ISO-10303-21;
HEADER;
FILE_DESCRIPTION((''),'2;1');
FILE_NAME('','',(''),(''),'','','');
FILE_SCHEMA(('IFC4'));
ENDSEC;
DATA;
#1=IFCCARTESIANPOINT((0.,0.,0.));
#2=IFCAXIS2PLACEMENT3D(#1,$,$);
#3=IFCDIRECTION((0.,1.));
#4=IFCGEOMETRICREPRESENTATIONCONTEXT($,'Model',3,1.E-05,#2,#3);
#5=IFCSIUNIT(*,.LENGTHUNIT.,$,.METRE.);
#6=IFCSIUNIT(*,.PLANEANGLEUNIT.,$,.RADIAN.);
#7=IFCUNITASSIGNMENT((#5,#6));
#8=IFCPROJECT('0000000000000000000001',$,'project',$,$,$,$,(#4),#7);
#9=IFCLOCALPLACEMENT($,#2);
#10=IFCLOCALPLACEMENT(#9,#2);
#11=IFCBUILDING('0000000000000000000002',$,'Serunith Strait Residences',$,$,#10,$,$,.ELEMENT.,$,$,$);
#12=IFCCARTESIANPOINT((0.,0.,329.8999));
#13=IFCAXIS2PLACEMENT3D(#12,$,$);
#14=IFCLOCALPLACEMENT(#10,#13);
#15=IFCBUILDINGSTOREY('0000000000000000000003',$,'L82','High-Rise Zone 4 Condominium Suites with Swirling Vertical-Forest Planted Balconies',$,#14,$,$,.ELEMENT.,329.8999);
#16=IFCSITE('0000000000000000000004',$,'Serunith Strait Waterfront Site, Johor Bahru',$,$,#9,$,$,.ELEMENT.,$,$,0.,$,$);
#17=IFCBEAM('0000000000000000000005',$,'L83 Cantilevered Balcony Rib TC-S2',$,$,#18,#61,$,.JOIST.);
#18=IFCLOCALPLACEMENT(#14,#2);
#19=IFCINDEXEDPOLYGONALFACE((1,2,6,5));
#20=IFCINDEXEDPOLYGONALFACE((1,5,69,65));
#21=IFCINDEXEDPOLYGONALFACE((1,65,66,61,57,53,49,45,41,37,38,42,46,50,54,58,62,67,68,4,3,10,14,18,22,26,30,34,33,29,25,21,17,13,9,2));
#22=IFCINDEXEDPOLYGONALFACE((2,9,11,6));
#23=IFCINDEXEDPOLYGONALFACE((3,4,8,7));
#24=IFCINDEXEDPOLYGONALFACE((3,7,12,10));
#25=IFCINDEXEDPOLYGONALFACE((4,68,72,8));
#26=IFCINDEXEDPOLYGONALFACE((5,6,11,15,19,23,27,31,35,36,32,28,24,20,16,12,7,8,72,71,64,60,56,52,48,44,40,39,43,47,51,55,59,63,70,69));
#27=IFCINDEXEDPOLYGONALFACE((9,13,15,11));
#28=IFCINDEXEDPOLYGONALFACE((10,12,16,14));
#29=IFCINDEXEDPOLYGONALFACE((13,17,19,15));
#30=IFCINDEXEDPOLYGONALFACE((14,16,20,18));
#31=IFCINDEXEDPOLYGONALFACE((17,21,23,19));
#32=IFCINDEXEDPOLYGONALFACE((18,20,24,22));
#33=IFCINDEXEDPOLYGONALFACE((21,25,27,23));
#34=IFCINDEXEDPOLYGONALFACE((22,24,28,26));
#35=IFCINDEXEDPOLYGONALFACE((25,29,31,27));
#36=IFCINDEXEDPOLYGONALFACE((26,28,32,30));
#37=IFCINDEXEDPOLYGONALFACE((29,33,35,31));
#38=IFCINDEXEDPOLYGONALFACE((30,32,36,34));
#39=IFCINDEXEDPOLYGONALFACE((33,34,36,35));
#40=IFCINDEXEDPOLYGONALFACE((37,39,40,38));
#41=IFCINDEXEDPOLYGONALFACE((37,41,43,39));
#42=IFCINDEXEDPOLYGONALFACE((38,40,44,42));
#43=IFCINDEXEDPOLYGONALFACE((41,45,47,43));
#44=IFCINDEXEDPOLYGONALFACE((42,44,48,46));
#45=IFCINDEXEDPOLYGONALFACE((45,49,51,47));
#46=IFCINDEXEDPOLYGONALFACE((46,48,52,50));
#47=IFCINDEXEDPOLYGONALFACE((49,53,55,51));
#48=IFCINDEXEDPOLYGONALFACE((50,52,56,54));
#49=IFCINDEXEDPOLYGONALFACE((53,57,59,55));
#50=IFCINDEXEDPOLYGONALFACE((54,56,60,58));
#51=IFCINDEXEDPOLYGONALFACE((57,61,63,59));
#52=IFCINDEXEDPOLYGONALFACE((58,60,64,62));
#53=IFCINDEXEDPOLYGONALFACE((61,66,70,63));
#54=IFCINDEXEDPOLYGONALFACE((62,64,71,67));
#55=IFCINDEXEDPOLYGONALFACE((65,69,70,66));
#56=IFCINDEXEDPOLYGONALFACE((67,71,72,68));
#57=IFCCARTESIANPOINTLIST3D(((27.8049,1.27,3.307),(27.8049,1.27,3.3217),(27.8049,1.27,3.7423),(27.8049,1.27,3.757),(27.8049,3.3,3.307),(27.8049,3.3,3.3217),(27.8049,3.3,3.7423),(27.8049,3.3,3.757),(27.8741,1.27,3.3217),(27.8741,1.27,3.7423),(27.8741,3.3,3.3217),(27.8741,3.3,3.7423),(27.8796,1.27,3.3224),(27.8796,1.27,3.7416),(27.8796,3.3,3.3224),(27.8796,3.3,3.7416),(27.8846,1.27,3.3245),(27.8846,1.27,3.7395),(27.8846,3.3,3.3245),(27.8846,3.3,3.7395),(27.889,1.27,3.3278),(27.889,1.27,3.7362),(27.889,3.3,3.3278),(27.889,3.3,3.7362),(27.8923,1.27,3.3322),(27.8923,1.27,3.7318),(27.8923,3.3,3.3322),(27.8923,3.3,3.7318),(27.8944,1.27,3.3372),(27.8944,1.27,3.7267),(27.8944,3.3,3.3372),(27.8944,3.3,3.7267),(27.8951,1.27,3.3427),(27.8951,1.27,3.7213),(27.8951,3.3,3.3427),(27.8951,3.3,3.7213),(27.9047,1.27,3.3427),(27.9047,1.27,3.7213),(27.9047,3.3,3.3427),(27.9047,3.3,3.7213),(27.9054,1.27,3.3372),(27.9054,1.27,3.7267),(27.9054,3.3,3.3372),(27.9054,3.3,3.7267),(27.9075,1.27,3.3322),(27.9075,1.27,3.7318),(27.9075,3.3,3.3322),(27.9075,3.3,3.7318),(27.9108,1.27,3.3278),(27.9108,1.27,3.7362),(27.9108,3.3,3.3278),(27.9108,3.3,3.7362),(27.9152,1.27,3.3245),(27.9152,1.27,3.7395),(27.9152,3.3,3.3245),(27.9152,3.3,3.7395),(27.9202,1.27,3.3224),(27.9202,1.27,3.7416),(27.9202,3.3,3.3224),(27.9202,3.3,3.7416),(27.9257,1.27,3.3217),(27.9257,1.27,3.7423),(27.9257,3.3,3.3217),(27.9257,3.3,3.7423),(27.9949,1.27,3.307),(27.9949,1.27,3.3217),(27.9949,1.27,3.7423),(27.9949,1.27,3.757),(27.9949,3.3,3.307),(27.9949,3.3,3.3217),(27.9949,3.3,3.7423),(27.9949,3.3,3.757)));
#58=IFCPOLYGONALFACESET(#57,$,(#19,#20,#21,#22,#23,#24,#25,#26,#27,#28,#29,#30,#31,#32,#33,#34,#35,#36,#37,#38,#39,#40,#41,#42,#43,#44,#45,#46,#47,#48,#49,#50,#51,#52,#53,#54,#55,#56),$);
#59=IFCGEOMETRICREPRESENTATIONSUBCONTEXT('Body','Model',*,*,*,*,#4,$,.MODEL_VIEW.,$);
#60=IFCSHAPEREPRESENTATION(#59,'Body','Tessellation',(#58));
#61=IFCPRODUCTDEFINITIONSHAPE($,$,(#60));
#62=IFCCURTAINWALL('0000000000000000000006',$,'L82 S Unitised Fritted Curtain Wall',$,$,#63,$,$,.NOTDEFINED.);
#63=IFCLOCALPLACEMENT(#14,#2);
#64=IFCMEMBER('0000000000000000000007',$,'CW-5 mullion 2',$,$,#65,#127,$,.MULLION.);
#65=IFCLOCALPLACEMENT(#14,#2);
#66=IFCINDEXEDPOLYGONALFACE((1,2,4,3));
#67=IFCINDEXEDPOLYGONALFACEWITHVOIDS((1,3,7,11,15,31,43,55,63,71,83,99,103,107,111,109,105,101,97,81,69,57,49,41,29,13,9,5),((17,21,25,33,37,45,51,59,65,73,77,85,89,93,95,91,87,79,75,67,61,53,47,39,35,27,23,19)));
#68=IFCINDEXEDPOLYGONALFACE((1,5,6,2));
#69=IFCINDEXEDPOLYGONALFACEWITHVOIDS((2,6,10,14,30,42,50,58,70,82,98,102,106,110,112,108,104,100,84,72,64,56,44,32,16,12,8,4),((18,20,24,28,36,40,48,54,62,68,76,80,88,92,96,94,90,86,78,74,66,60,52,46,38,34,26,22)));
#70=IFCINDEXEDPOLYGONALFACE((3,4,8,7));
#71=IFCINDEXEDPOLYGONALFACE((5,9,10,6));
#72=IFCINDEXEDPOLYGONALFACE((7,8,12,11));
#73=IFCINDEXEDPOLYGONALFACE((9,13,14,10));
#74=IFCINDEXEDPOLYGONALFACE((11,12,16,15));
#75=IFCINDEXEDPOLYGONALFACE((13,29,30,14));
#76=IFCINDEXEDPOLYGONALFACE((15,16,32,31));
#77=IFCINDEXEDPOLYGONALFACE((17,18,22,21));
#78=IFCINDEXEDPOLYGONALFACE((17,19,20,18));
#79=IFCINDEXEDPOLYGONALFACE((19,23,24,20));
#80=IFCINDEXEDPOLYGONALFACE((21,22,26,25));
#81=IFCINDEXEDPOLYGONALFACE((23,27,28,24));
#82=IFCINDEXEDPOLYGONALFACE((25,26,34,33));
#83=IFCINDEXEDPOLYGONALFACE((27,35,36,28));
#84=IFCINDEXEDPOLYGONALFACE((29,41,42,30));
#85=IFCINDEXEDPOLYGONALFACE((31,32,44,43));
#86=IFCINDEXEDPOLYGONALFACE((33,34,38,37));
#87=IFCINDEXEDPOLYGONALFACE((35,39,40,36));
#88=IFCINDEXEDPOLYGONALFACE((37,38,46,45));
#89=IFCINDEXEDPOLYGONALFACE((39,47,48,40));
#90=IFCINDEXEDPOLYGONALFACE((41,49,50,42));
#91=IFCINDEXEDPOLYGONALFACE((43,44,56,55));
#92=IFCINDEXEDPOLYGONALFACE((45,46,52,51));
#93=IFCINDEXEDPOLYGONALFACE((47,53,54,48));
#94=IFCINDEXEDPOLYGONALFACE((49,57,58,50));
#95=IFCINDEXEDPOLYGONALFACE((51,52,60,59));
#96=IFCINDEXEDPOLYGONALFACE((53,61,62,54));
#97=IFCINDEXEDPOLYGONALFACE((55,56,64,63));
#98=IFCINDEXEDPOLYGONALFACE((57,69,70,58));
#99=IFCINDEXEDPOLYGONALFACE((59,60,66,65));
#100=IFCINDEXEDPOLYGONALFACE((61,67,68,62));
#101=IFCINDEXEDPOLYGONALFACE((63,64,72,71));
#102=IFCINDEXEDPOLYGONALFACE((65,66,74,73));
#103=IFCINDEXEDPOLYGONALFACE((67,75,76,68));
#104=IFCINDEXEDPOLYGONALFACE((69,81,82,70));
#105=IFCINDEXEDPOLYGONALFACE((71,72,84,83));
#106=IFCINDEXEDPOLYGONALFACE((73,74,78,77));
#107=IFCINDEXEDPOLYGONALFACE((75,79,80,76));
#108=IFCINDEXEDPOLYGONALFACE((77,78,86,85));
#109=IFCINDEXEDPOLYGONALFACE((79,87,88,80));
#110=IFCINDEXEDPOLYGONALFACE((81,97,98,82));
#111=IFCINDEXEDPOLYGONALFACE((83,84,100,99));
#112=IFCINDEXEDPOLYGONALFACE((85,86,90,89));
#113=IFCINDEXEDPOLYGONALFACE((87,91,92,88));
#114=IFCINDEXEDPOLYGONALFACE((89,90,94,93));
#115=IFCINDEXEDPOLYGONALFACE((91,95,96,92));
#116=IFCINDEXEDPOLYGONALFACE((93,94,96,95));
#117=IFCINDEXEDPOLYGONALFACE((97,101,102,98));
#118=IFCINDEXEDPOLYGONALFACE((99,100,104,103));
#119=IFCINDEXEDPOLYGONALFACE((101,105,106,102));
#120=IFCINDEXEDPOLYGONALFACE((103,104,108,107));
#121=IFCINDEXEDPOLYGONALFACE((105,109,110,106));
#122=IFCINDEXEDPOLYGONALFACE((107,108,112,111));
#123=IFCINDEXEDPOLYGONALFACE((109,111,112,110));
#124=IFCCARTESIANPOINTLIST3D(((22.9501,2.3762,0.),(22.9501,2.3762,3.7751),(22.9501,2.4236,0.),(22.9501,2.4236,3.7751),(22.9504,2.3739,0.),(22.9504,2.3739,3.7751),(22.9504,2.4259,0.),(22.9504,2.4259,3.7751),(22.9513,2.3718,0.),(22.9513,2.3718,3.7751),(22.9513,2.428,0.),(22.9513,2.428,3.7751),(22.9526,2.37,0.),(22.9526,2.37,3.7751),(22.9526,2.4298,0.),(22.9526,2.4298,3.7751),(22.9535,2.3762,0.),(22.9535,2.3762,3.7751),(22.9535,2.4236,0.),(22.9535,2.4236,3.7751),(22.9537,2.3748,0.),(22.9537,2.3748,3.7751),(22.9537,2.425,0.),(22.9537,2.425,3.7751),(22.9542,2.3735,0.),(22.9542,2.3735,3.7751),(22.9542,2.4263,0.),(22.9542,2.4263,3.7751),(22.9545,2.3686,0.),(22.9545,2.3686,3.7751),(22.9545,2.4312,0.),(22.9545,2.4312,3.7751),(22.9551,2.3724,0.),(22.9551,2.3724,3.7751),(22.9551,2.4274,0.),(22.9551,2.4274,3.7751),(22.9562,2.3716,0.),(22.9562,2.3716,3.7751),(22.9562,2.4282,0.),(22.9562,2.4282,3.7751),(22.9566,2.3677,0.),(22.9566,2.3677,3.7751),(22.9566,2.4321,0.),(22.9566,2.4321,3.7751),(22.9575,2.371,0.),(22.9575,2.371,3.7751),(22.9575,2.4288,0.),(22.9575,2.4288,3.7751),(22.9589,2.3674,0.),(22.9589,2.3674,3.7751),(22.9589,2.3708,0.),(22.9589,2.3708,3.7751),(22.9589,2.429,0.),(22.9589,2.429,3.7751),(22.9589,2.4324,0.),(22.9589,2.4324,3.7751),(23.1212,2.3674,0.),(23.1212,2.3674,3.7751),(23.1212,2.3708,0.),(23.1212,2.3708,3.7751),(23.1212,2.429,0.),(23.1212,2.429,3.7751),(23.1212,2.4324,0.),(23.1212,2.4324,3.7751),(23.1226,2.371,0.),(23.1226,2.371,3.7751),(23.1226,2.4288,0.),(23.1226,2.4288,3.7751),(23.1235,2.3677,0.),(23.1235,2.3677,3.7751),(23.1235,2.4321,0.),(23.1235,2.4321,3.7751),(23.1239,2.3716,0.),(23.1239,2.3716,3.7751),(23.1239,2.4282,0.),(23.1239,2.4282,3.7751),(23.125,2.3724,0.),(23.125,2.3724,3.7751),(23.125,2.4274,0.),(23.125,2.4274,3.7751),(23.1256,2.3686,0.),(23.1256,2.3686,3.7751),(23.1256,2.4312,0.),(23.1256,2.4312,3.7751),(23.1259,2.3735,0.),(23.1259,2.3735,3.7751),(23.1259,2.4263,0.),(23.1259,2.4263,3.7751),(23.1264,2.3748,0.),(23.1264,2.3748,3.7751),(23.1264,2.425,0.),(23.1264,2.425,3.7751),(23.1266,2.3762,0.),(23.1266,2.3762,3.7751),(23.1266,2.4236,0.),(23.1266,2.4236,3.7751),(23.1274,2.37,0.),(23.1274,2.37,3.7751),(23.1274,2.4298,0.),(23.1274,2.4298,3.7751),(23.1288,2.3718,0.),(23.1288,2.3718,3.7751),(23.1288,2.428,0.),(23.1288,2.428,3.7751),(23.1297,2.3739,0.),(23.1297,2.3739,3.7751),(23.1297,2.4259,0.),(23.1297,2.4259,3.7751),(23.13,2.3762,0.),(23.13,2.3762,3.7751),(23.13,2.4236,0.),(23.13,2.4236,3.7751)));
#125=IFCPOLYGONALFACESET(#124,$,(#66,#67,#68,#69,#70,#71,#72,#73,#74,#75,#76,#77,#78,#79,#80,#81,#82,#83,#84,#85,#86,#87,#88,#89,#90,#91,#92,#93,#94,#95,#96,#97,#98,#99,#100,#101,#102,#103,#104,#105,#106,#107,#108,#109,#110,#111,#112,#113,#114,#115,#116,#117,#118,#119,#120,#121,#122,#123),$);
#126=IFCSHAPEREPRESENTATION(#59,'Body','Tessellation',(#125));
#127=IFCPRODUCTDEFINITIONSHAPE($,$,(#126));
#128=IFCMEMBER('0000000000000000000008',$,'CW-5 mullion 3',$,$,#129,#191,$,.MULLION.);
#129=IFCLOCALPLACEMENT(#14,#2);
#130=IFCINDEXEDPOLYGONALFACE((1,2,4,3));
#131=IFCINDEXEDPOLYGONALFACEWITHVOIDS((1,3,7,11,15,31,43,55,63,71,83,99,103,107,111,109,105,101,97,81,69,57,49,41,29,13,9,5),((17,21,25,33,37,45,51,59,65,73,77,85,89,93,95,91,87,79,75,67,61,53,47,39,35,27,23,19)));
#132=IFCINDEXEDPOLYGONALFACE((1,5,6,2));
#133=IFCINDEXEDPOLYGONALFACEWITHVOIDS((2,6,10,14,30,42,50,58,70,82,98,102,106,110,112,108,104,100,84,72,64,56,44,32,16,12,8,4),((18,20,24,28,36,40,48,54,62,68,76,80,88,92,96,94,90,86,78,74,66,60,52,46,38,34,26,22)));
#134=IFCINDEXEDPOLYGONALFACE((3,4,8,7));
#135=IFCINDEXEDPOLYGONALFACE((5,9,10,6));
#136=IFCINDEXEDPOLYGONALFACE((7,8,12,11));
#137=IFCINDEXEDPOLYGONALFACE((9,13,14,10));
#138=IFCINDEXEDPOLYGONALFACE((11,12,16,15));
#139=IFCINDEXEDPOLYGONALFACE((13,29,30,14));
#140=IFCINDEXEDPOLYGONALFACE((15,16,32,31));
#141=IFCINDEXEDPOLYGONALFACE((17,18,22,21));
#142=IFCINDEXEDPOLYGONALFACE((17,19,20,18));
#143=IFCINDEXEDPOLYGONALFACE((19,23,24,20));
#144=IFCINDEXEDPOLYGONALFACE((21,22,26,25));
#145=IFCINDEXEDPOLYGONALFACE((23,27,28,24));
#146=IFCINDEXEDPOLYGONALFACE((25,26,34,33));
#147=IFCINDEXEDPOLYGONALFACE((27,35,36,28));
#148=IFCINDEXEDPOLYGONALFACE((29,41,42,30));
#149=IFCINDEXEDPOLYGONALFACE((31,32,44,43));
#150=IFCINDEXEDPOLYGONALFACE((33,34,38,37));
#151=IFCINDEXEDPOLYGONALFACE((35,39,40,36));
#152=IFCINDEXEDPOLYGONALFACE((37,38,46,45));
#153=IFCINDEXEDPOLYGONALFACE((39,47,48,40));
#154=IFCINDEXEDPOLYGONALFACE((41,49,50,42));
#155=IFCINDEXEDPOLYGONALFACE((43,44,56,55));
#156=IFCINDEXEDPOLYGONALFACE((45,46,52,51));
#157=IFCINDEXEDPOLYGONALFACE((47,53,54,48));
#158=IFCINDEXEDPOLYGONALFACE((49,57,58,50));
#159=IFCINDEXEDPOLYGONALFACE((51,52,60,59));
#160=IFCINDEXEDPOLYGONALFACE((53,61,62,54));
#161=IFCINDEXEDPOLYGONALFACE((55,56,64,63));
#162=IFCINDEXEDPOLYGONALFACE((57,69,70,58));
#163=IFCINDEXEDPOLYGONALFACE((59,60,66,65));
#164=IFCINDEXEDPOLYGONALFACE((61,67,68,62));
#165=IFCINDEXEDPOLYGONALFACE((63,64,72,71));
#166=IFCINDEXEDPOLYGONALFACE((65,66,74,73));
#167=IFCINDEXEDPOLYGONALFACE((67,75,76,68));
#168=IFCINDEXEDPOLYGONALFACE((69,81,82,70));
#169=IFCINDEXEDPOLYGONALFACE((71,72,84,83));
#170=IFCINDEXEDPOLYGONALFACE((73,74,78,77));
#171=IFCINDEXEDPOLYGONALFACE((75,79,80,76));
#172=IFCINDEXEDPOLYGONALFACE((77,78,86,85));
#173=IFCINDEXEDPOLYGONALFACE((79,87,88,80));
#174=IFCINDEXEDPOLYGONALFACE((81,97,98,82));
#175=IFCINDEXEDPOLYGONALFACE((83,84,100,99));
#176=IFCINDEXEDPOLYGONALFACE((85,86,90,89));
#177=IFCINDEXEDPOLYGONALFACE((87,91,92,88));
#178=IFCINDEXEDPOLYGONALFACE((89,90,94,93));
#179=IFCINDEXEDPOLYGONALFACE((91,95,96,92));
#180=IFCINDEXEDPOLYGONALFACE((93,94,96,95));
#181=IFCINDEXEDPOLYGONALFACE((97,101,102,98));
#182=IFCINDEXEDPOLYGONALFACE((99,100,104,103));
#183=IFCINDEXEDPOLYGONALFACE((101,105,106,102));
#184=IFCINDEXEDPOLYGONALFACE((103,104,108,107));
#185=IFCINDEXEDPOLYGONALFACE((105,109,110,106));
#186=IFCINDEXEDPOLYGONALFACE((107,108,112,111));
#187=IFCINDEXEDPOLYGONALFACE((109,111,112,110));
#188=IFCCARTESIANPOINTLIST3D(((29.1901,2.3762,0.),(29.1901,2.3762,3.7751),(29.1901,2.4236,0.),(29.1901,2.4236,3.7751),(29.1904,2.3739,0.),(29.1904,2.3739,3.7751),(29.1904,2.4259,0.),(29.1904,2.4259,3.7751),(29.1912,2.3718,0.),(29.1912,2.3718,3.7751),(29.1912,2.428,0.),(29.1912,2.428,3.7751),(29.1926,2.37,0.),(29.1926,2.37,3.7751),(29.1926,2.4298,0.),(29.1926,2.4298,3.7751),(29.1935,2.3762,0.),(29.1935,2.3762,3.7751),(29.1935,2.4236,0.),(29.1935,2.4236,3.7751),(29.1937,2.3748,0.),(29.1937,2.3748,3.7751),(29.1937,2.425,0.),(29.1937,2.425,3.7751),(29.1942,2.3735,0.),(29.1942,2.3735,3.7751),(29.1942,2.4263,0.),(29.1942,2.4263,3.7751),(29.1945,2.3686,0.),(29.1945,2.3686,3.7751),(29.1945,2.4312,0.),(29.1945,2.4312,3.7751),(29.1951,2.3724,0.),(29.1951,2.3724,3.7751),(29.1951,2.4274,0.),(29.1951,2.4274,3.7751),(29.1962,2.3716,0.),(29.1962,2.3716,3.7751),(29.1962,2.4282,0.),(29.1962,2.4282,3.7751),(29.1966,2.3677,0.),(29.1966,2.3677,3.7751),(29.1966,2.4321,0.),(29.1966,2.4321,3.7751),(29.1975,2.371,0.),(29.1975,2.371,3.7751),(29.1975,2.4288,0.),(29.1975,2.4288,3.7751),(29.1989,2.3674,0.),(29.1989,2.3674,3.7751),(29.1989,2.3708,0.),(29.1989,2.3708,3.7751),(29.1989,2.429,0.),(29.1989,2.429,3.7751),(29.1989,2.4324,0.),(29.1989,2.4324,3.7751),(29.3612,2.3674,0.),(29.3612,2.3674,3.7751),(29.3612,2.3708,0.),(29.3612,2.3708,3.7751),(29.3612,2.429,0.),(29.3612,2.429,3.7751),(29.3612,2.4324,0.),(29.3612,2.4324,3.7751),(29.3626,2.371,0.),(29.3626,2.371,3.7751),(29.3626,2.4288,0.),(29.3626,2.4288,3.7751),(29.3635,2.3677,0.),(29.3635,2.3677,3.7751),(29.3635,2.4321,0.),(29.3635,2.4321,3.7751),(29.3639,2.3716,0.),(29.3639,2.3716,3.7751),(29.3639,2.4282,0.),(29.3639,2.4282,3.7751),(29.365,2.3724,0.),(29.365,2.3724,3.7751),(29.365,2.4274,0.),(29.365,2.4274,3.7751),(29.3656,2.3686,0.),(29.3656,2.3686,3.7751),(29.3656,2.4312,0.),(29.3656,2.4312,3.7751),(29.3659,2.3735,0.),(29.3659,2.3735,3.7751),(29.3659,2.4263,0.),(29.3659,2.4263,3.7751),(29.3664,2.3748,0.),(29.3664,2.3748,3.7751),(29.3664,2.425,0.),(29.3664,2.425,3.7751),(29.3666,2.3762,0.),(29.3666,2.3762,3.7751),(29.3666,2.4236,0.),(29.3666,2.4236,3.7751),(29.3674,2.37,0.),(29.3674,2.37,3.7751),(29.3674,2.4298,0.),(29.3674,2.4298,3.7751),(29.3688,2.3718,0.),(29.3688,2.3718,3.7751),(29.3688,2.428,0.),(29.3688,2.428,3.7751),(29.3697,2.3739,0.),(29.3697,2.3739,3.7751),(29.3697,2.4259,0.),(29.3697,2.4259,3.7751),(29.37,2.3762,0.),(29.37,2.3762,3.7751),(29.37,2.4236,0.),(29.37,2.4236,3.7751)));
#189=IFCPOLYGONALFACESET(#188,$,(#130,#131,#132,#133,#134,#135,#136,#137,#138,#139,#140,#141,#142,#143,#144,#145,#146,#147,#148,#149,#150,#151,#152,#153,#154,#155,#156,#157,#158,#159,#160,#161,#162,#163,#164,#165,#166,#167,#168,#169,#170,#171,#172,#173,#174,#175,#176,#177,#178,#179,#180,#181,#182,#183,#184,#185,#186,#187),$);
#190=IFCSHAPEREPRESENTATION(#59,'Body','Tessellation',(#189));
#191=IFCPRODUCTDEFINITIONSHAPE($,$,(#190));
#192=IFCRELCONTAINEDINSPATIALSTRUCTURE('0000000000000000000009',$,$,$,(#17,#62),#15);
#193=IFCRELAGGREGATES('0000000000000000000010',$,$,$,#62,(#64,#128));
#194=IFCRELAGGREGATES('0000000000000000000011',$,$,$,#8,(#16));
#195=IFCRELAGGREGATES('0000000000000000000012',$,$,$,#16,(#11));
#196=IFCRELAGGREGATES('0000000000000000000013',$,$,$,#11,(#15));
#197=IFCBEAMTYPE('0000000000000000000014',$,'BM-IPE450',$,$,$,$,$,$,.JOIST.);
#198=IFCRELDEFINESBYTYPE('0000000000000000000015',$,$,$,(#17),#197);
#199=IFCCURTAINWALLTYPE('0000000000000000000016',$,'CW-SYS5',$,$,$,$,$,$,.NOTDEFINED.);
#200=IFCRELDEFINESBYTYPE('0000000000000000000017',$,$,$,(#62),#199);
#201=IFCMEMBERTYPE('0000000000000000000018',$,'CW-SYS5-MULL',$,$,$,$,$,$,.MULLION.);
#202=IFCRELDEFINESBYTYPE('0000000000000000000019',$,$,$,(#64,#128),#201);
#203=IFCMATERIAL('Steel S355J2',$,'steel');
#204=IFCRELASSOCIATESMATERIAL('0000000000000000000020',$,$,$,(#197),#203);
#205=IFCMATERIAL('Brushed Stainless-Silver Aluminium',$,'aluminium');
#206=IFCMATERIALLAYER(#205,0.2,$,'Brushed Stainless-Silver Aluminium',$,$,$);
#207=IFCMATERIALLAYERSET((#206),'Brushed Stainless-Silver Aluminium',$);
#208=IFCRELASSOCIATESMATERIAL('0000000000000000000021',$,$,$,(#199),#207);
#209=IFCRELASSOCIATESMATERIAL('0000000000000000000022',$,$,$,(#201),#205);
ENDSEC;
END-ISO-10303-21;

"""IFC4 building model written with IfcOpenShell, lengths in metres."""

from ifc_helpers import new_model, si_unit, direction, frame, origin, origin_2d, place, context, subcontext, project, spatial, hollow_rectangle, i_section, extrude, source, transform, mapped, material, layer, layer_set, material_profile, profile_set, type_object, element, aggregate, save


model = new_model("IFC4")

# Units and contexts
model_context = context("Model", 3, precision=1e-05, world=origin(), true_north=direction((0.0, 1.0)))
body_context = subcontext(model_context, "Body", "Model", "MODEL_VIEW")
ifc_project = project(units=[si_unit("LENGTHUNIT", "METRE"), si_unit("PLANEANGLEUNIT", "RADIAN")], contexts=[model_context])

# Site, building, storey
site_placement = place(None, origin())
site = spatial("IfcSite", under=ifc_project, at=site_placement, Name="Serunith Strait Waterfront Site, Johor Bahru", CompositionType="ELEMENT", RefElevation=0.0)
building_placement = place(site_placement, origin())
building = spatial("IfcBuilding", under=site, at=building_placement, Name="Serunith Strait Residences", CompositionType="ELEMENT")
storey_placement = place(building_placement, frame((0.0, 0.0, 329.8999)))
storey = spatial("IfcBuildingStorey", under=building, at=storey_placement, Name="L82", Description="High-Rise Zone 4 Condominium Suites with Swirling Vertical-Forest Planted Balconies", CompositionType="ELEMENT", Elevation=329.8999)

# Beam
ifc_material_1 = material(Name="Steel S355J2", Category="steel")
ifc_material_profile_1 = material_profile(ifc_material_1, i_section(OverallWidth=0.1899, OverallDepth=0.45, WebThickness=0.0095, FlangeThickness=0.0146, FilletRadius=0.021, at=origin_2d()), Name="IPE 450")
ifc_profile_set_1 = profile_set([ifc_material_profile_1], Name="Steel S355J2")
beam_type_1 = type_object("IfcBeamType", Name="BM-IPE450", PredefinedType="JOIST", material=ifc_profile_set_1)
shared_shape_1 = source(origin(), body_context, "Body", "SweptSolid", [
    extrude(i_section(OverallWidth=0.1899, OverallDepth=0.45, WebThickness=0.0095, FlangeThickness=0.0146, FilletRadius=0.021, at=origin_2d()), origin(), (0.0, 0.0, 1.0), 2.03),
])
beam_1_placement = place(storey_placement, frame((27.8999, 3.3, 3.532), z_axis=(0.0, -1.0, 0.0), x_axis=(1.0, 0.0, 0.0)))
element("IfcBeam", 1, at=beam_1_placement, inside=storey, type_object=beam_type_1, Name="L83 Cantilevered Balcony Rib TC-S2", PredefinedType="JOIST", context=body_context, shape_type="MappedRepresentation", body=[
    mapped(shared_shape_1, transform((0.0, 0.0, 0.0), scale=1.0)),
])

# Curtain wall, members
ifc_material_2 = material(Name="Brushed Stainless-Silver Aluminium", Category="aluminium")
ifc_layer_1 = layer(ifc_material_2, 0.2, Name="Brushed Stainless-Silver Aluminium")
ifc_layer_set_1 = layer_set([ifc_layer_1], Name="Brushed Stainless-Silver Aluminium")
curtain_wall_type = type_object("IfcCurtainWallType", Name="CW-SYS5", PredefinedType="NOTDEFINED", material=ifc_layer_set_1)
curtain_wall_placement = place(storey_placement, origin())
curtain_wall = element("IfcCurtainWall", 2, at=curtain_wall_placement, inside=storey, type_object=curtain_wall_type, Name="L82 S Unitised Fritted Curtain Wall", PredefinedType="NOTDEFINED")
ifc_material_profile_2 = material_profile(ifc_material_2, hollow_rectangle(XDim=0.0649, YDim=0.1799, WallThickness=0.0034, InnerFilletRadius=0.0054, OuterFilletRadius=0.0088, at=origin_2d()), Name="ALU 180x65x3.5")
ifc_profile_set_2 = profile_set([ifc_material_profile_2], Name="Brushed Stainless-Silver Aluminium")
member_type_1 = type_object("IfcMemberType", Name="CW-SYS5-MULL", PredefinedType="MULLION", material=ifc_profile_set_2)
shared_shape_2 = source(origin(), body_context, "Body", "SweptSolid", [
    extrude(hollow_rectangle(XDim=0.0649, YDim=0.1799, WallThickness=0.0034, InnerFilletRadius=0.0054, OuterFilletRadius=0.0088, at=origin_2d()), origin(), (0.0, 0.0, 1.0), 3.7751),
])
member_1_placement = place(storey_placement, frame((23.04, 2.3999, 0.0), z_axis=(0.0, 0.0, 1.0), x_axis=(0.0, 1.0, 0.0)))
member_1 = element("IfcMember", 3, at=member_1_placement, type_object=member_type_1, Name="CW-5 mullion 2", PredefinedType="MULLION", context=body_context, shape_type="MappedRepresentation", body=[
    mapped(shared_shape_2, transform((0.0, 0.0, 0.0), scale=1.0)),
])
member_2_placement = place(storey_placement, frame((29.28, 2.3999, 0.0), z_axis=(0.0, 0.0, 1.0), x_axis=(0.0, 1.0, 0.0)))
member_2 = element("IfcMember", 4, at=member_2_placement, type_object=member_type_1, Name="CW-5 mullion 3", PredefinedType="MULLION", context=body_context, shape_type="MappedRepresentation", body=[
    mapped(shared_shape_2, transform((0.0, 0.0, 0.0), scale=1.0)),
])
aggregate(curtain_wall, [member_1, member_2])

save(model, "model.ifc")
